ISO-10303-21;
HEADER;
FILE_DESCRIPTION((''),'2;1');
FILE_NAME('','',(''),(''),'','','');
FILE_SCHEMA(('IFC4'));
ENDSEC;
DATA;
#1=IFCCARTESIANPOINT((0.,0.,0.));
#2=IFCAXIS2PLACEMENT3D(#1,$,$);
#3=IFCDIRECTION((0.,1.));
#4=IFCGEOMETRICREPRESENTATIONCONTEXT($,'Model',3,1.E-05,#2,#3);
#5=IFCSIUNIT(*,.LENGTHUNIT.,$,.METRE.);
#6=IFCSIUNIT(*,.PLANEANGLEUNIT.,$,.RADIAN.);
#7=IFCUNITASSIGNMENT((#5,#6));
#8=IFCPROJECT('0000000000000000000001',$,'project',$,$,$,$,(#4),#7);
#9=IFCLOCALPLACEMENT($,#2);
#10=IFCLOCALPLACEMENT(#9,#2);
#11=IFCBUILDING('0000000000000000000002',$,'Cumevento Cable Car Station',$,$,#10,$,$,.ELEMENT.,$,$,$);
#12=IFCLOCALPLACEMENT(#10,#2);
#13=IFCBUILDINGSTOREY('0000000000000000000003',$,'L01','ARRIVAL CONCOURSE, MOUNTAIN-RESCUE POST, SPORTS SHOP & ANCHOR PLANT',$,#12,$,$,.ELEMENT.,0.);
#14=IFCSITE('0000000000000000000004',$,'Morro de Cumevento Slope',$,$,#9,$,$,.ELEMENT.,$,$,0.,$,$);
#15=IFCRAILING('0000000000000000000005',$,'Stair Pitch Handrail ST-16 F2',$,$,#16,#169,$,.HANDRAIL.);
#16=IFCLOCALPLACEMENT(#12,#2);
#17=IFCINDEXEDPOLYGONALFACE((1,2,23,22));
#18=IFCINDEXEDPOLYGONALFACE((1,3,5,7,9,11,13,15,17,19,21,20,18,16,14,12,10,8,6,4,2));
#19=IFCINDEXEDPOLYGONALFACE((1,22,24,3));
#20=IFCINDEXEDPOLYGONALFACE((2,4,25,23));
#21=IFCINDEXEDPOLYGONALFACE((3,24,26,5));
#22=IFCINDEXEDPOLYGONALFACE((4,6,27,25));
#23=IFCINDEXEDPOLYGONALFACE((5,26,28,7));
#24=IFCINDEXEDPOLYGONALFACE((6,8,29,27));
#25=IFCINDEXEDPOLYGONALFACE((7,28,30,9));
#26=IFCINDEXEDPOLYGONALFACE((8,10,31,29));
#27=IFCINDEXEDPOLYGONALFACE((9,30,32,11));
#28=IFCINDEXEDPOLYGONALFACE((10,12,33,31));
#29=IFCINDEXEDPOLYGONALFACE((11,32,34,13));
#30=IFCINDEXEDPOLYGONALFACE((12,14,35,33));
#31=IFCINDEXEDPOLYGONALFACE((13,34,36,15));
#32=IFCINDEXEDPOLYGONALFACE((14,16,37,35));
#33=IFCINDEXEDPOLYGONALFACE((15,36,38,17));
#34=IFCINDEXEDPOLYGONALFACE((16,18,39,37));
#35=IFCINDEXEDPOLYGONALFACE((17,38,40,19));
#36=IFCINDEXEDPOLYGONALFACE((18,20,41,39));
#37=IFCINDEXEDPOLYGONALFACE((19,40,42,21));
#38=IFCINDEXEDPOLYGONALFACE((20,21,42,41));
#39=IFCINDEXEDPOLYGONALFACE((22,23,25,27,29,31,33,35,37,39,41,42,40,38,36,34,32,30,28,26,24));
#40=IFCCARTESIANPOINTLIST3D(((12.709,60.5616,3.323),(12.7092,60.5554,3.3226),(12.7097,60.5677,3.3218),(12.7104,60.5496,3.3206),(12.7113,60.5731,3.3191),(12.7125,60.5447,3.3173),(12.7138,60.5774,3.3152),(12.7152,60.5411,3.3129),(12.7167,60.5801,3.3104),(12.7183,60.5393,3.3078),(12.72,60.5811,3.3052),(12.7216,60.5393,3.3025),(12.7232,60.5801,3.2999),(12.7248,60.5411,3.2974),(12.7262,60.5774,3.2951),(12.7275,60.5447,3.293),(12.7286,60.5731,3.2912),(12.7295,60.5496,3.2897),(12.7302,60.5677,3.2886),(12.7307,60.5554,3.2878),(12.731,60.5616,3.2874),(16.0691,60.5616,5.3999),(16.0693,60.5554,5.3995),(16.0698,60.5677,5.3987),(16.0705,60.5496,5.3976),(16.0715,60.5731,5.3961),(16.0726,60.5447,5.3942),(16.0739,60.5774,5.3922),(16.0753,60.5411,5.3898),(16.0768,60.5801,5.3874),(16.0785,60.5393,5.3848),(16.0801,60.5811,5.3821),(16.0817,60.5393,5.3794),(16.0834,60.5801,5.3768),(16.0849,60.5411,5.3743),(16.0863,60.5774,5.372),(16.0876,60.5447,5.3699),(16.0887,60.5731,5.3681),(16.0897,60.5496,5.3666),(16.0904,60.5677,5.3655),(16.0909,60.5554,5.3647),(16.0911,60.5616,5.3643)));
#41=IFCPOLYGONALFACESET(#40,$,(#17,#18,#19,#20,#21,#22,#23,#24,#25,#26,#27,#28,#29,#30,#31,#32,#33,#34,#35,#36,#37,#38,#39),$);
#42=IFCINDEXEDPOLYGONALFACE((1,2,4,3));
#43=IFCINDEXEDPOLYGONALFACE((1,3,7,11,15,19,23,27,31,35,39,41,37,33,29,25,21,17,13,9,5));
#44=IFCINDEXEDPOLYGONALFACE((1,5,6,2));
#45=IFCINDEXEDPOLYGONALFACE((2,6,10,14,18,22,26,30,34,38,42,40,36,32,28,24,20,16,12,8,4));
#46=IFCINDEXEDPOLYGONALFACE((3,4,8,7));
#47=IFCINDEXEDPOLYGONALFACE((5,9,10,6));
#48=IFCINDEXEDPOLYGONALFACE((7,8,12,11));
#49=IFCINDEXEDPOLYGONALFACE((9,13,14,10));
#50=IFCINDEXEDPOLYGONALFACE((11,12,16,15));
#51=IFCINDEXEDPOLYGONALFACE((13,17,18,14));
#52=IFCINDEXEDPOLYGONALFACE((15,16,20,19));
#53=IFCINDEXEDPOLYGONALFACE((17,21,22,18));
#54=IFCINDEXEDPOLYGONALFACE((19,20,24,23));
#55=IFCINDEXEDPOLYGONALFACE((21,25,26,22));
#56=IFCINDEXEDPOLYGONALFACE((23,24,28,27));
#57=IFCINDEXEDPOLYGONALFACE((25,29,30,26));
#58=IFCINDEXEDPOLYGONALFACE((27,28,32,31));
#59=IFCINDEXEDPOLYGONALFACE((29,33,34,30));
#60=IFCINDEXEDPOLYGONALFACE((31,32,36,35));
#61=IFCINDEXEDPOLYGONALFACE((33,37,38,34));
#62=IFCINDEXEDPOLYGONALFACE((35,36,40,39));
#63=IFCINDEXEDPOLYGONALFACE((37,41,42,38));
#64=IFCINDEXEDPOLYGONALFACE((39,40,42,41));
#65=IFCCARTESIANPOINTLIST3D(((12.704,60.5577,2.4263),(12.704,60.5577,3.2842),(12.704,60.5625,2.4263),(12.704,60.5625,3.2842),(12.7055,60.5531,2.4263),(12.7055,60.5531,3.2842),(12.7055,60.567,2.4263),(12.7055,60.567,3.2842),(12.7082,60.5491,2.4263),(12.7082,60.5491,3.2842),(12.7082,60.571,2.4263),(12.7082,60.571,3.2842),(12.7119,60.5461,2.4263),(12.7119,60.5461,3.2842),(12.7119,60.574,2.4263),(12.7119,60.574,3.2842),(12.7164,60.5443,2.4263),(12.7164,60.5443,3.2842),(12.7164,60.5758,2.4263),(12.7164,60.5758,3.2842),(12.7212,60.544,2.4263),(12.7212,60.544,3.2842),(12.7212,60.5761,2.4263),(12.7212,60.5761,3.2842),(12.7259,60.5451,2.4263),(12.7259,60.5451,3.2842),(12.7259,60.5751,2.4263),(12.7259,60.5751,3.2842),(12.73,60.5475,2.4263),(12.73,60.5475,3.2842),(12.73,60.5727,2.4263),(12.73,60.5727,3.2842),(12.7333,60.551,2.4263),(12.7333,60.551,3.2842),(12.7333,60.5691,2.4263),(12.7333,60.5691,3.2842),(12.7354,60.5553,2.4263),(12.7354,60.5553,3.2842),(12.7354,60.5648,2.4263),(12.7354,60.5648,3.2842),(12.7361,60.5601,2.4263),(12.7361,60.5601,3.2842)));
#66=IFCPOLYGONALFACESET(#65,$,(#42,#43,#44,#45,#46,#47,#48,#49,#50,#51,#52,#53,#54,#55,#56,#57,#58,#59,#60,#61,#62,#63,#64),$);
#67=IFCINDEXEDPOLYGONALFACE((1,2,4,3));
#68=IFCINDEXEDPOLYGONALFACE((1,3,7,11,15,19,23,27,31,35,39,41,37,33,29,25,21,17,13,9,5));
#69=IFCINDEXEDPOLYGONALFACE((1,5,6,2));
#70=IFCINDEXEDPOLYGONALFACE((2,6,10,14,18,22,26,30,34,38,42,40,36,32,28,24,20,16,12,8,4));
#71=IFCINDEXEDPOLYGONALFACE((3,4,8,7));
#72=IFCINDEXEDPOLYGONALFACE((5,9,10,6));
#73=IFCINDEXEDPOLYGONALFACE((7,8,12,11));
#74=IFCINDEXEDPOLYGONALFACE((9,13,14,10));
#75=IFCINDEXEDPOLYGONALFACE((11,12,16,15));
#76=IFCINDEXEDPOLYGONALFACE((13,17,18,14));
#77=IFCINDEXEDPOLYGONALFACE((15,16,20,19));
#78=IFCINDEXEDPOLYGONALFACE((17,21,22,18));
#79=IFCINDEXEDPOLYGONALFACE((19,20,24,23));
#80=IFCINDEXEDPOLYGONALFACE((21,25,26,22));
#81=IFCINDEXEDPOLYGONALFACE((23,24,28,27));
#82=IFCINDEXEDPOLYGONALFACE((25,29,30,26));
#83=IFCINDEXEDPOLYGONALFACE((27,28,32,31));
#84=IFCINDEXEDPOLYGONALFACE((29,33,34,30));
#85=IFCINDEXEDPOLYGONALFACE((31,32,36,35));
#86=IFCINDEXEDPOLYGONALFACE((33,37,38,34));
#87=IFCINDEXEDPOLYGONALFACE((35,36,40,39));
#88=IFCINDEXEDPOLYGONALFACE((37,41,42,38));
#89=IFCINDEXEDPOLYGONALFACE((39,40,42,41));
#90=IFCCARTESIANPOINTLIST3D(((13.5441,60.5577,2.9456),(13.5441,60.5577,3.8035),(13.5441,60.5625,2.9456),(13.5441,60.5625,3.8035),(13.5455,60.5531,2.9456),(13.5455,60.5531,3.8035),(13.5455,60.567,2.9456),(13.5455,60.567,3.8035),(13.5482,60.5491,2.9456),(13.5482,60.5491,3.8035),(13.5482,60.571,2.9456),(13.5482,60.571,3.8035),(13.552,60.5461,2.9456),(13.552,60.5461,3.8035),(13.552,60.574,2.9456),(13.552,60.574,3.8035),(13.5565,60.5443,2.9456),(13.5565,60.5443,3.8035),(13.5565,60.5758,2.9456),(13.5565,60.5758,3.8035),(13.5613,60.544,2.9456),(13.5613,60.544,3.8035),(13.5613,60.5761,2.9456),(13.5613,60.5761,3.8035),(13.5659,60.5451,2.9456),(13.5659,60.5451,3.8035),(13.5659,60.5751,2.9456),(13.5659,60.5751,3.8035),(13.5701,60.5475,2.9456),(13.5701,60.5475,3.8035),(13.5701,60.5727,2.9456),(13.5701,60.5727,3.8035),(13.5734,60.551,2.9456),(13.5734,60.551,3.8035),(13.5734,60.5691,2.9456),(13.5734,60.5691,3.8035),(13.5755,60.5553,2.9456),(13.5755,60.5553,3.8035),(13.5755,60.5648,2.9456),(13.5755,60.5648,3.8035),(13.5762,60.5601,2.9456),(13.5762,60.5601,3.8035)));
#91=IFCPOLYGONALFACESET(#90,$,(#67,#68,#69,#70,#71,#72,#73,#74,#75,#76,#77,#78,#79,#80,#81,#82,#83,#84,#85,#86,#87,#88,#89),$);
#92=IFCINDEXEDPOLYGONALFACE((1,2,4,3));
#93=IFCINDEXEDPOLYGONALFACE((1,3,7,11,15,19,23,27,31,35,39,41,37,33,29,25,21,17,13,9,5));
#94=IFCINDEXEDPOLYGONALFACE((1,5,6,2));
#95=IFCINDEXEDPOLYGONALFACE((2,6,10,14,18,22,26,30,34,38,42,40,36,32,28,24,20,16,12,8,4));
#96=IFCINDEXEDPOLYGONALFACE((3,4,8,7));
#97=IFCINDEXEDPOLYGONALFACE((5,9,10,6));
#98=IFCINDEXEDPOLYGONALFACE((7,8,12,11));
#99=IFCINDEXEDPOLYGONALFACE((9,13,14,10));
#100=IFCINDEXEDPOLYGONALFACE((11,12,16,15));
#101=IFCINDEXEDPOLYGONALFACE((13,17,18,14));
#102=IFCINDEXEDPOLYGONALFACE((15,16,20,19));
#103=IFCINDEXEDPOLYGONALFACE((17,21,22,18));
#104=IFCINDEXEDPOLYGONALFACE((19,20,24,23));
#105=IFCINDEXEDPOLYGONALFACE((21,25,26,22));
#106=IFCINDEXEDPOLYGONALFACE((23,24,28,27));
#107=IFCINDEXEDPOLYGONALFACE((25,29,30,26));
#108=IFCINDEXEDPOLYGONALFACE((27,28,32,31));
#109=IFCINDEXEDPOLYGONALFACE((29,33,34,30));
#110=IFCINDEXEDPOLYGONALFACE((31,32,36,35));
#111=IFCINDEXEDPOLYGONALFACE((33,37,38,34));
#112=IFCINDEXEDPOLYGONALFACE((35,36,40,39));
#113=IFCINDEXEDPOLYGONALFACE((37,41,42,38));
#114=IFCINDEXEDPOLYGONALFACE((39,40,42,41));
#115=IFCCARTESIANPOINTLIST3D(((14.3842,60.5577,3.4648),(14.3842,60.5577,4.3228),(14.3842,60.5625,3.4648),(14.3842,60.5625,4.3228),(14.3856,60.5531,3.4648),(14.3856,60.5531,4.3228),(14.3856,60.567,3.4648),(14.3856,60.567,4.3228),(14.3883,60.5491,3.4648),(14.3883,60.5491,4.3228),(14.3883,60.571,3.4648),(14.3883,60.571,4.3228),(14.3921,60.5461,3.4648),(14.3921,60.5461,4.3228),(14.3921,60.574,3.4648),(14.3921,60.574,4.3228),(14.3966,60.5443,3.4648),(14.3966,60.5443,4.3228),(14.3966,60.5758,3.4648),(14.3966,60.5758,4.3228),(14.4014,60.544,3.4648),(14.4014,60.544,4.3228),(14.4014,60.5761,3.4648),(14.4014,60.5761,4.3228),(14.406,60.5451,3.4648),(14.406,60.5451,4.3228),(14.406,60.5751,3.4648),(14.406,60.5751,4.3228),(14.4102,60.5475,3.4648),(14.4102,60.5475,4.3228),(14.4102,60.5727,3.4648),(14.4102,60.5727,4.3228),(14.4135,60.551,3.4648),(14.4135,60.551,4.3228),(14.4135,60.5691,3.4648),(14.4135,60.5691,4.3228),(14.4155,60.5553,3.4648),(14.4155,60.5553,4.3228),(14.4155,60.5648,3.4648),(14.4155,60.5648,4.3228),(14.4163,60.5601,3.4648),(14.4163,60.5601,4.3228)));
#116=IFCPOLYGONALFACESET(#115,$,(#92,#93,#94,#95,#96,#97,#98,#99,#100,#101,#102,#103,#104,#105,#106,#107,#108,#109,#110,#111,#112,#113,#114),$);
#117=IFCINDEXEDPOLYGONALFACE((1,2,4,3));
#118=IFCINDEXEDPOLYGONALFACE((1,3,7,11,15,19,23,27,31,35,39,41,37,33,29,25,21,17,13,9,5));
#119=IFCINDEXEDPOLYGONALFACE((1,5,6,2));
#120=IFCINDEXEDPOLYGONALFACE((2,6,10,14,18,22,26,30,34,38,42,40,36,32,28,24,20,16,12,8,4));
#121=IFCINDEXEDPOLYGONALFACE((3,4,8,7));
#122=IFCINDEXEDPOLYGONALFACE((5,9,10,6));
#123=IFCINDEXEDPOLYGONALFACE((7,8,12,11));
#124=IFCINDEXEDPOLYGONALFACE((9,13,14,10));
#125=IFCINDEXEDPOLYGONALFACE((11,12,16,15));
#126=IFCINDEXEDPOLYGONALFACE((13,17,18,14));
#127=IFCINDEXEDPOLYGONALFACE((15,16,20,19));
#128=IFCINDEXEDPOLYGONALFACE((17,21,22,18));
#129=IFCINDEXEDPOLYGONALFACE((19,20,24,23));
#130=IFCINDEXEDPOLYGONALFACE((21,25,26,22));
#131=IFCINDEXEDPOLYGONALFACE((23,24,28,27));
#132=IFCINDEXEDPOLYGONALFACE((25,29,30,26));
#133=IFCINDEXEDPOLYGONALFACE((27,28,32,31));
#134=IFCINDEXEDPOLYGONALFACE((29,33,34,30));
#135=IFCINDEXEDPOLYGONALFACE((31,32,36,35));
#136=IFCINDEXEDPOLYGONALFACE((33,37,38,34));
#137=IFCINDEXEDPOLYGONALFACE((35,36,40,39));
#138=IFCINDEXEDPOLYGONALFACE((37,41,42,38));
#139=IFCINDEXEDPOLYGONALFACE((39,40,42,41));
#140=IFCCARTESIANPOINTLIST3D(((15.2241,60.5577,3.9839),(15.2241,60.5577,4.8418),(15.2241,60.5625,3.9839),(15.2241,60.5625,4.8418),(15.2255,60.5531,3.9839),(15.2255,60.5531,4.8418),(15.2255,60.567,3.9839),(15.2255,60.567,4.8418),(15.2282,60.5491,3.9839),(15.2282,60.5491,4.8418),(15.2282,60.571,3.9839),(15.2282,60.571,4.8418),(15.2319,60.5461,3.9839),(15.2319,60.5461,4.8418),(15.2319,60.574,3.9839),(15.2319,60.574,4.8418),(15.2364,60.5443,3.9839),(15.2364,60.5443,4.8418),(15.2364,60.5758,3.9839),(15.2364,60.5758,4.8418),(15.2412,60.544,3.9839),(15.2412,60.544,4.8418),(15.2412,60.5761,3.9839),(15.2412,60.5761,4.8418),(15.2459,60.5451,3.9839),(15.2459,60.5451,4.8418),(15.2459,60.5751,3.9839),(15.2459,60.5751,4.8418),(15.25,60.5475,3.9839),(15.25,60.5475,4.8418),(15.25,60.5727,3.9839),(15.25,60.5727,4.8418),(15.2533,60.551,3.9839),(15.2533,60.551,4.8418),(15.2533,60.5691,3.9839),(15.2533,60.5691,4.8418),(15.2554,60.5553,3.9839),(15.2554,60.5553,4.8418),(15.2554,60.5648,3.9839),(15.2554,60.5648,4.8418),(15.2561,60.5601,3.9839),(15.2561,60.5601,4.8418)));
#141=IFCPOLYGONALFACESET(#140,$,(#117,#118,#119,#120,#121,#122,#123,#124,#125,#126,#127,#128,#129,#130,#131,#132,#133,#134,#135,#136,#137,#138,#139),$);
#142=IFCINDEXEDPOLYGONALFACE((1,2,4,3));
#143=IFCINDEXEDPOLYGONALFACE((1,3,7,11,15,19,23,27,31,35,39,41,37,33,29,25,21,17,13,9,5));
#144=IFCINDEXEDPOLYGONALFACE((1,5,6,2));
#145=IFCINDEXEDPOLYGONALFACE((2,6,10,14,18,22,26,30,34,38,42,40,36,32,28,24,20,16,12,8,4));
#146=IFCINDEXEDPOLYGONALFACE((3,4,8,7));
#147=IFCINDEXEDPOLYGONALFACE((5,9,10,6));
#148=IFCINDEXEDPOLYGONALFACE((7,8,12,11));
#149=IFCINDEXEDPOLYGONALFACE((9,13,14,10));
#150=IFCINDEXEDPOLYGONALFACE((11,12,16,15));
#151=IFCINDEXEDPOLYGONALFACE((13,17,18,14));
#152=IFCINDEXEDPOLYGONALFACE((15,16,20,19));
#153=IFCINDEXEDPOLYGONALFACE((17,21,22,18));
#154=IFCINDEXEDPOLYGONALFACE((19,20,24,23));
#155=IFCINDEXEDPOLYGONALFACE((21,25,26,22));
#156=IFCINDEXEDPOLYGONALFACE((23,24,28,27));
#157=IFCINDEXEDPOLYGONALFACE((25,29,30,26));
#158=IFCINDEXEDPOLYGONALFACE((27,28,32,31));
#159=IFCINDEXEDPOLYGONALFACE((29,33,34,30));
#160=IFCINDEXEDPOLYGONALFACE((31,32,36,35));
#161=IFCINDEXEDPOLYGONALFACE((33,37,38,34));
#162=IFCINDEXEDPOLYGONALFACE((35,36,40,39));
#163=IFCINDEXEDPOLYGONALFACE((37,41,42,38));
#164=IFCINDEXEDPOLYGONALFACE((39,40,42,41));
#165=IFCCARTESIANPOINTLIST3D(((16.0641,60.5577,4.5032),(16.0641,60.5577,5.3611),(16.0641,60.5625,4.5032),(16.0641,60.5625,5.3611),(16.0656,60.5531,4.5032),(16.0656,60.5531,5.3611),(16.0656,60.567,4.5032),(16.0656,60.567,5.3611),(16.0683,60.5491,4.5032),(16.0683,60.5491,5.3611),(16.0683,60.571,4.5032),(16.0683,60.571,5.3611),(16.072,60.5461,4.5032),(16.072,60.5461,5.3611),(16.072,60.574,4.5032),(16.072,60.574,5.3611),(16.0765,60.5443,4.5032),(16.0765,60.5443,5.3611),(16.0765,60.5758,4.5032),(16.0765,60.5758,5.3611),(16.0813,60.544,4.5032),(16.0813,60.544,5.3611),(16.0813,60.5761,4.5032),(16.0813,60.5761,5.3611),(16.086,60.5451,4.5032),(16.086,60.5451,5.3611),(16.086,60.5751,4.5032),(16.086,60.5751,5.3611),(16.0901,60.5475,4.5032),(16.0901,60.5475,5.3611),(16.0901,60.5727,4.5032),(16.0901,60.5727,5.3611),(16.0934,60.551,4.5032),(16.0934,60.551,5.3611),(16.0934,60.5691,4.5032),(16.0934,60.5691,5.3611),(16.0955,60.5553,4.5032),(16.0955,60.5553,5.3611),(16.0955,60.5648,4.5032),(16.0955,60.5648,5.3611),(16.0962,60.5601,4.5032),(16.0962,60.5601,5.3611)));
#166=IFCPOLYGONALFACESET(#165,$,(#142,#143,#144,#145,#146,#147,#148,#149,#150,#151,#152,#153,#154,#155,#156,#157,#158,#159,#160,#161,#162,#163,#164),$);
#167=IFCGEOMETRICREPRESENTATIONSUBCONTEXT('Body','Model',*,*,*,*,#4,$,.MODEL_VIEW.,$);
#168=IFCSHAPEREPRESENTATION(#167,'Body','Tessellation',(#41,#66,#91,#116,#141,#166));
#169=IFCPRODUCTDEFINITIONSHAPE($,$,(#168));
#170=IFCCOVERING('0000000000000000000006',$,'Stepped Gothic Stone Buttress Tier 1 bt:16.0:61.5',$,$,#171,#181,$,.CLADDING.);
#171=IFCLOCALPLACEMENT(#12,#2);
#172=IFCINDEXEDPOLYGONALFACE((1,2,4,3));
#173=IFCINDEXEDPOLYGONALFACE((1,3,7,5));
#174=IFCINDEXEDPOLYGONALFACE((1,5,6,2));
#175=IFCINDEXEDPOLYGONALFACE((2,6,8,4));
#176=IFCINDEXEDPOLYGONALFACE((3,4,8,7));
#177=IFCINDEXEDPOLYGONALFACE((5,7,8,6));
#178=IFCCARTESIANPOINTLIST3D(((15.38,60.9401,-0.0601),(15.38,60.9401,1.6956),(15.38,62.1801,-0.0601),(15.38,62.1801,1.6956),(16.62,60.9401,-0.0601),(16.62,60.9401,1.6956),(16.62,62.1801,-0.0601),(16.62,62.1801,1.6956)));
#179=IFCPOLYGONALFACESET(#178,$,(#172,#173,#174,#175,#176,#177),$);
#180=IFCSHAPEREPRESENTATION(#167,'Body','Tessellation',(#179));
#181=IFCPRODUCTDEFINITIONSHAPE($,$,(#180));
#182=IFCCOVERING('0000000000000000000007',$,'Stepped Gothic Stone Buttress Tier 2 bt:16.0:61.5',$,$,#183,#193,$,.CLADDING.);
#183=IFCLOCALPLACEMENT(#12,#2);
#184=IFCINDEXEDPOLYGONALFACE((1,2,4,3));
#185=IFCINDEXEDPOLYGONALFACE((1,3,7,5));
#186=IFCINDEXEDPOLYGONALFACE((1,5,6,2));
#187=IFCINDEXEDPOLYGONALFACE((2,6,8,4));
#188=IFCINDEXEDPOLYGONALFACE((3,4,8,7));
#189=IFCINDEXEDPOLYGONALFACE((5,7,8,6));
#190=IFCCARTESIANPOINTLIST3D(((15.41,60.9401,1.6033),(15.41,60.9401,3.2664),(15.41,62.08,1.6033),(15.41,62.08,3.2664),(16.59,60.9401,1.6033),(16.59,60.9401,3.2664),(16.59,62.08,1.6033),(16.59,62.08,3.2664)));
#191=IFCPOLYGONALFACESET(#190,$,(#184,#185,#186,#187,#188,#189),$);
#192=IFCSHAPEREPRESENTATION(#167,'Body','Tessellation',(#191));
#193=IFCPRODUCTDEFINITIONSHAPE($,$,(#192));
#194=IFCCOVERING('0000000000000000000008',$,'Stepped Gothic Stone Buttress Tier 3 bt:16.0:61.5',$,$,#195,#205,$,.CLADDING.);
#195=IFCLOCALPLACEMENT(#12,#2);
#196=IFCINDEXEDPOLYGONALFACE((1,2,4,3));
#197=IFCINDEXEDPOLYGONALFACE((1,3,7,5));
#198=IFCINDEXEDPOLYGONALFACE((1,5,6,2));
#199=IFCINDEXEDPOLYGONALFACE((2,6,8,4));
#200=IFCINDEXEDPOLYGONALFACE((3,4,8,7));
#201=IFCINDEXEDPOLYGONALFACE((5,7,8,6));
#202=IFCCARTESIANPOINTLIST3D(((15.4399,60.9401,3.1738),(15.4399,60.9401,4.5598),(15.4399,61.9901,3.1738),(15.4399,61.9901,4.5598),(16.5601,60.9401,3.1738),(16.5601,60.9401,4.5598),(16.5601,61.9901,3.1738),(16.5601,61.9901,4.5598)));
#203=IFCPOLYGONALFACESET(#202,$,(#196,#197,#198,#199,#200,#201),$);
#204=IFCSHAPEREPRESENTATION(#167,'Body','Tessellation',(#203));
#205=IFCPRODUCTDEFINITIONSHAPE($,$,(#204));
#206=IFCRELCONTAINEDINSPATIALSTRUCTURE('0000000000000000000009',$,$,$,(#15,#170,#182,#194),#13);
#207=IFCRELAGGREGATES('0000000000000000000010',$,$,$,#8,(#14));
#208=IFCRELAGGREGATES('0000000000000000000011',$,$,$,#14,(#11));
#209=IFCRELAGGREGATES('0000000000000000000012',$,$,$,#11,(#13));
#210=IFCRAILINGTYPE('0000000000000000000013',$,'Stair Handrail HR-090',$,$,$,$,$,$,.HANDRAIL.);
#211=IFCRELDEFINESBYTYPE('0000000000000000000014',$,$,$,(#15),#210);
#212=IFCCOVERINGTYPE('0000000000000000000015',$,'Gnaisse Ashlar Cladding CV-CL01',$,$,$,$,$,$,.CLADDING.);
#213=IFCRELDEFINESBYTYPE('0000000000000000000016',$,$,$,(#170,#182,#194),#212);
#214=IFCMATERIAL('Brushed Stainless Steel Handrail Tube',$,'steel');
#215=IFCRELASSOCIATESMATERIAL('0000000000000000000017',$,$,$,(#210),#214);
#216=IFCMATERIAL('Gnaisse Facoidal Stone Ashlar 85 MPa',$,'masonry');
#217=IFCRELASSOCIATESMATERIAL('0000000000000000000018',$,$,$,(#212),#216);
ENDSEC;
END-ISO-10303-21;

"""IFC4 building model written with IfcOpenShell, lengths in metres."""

from ifc_helpers import new_model, si_unit, direction, frame, origin, origin_2d, place, context, subcontext, project, spatial, rectangle, circle, extrude, material, type_object, element, save


model = new_model("IFC4")

# Units and contexts
model_context = context("Model", 3, precision=1e-05, world=origin(), true_north=direction((0.0, 1.0)))
body_context = subcontext(model_context, "Body", "Model", "MODEL_VIEW")
ifc_project = project(units=[si_unit("LENGTHUNIT", "METRE"), si_unit("PLANEANGLEUNIT", "RADIAN")], contexts=[model_context])

# Site, building, storey
site_placement = place(None, origin())
site = spatial("IfcSite", under=ifc_project, at=site_placement, Name="Morro de Cumevento Slope", CompositionType="ELEMENT", RefElevation=0.0)
building_placement = place(site_placement, origin())
building = spatial("IfcBuilding", under=site, at=building_placement, Name="Cumevento Cable Car Station", CompositionType="ELEMENT")
storey_placement = place(building_placement, origin())
storey = spatial("IfcBuildingStorey", under=building, at=storey_placement, Name="L01", Description="ARRIVAL CONCOURSE, MOUNTAIN-RESCUE POST, SPORTS SHOP & ANCHOR PLANT", CompositionType="ELEMENT", Elevation=0.0)

# Railing
ifc_material_1 = material(Name="Brushed Stainless Steel Handrail Tube", Category="steel")
railing_type_1 = type_object("IfcRailingType", Name="Stair Handrail HR-090", PredefinedType="HANDRAIL", material=ifc_material_1)
railing_1_placement = place(storey_placement, frame((12.72, 60.5601, 2.4263)))
element("IfcRailing", 1, at=railing_1_placement, inside=storey, type_object=railing_type_1, Name="Stair Pitch Handrail ST-16 F2", PredefinedType="HANDRAIL", context=body_context, shape_type="SweptSolid", body=[
    extrude(circle(Radius=0.021, at=origin_2d()), frame((0.0, 0.0, 0.8789), z_axis=(0.850623, 0.0, 0.525776), x_axis=(0.0, 1.0, 0.0)), (0.0, 0.0, 1.0), 3.9502),
    extrude(circle(Radius=0.0161, at=origin_2d()), origin(), (0.0, 0.0, 1.0), 0.8579),
    extrude(circle(Radius=0.0161, at=origin_2d()), frame((0.8401, 0.0, 0.5193)), (0.0, 0.0, 1.0), 0.8579),
    extrude(circle(Radius=0.0161, at=origin_2d()), frame((1.6802, 0.0, 1.0386)), (0.0, 0.0, 1.0), 0.8579),
    extrude(circle(Radius=0.0161, at=origin_2d()), frame((2.52, 0.0, 1.5576)), (0.0, 0.0, 1.0), 0.8579),
    extrude(circle(Radius=0.0161, at=origin_2d()), frame((3.3601, 0.0, 2.0769)), (0.0, 0.0, 1.0), 0.8579),
])

# Coverings
ifc_material_2 = material(Name="Gnaisse Facoidal Stone Ashlar 85 MPa", Category="masonry")
covering_type = type_object("IfcCoveringType", Name="Gnaisse Ashlar Cladding CV-CL01", PredefinedType="CLADDING", material=ifc_material_2)
covering_1_placement = place(storey_placement, frame((16.0, 61.5601, -0.0601), z_axis=(0.0, 0.0, 1.0), x_axis=(-1.0, 0.0, 0.0)))
element("IfcCovering", 2, at=covering_1_placement, inside=storey, type_object=covering_type, Name="Stepped Gothic Stone Buttress Tier 1 bt:16.0:61.5", PredefinedType="CLADDING", context=body_context, shape_type="SweptSolid", body=[
    extrude(rectangle(XDim=1.24, YDim=1.24, at=origin_2d()), origin(), (0.0, 0.0, 1.0), 1.7556),
])
covering_2_placement = place(storey_placement, frame((16.0, 61.51, 1.6033), z_axis=(0.0, 0.0, 1.0), x_axis=(-1.0, 0.0, 0.0)))
element("IfcCovering", 3, at=covering_2_placement, inside=storey, type_object=covering_type, Name="Stepped Gothic Stone Buttress Tier 2 bt:16.0:61.5", PredefinedType="CLADDING", context=body_context, shape_type="SweptSolid", body=[
    extrude(rectangle(XDim=1.1799, YDim=1.1399, at=origin_2d()), origin(), (0.0, 0.0, 1.0), 1.6631),
])
covering_3_placement = place(storey_placement, frame((16.0, 61.4651, 3.1738), z_axis=(0.0, 0.0, 1.0), x_axis=(-1.0, 0.0, 0.0)))
element("IfcCovering", 4, at=covering_3_placement, inside=storey, type_object=covering_type, Name="Stepped Gothic Stone Buttress Tier 3 bt:16.0:61.5", PredefinedType="CLADDING", context=body_context, shape_type="SweptSolid", body=[
    extrude(rectangle(XDim=1.1201, YDim=1.05, at=origin_2d()), origin(), (0.0, 0.0, 1.0), 1.386),
])

save(model, "model.ifc")
